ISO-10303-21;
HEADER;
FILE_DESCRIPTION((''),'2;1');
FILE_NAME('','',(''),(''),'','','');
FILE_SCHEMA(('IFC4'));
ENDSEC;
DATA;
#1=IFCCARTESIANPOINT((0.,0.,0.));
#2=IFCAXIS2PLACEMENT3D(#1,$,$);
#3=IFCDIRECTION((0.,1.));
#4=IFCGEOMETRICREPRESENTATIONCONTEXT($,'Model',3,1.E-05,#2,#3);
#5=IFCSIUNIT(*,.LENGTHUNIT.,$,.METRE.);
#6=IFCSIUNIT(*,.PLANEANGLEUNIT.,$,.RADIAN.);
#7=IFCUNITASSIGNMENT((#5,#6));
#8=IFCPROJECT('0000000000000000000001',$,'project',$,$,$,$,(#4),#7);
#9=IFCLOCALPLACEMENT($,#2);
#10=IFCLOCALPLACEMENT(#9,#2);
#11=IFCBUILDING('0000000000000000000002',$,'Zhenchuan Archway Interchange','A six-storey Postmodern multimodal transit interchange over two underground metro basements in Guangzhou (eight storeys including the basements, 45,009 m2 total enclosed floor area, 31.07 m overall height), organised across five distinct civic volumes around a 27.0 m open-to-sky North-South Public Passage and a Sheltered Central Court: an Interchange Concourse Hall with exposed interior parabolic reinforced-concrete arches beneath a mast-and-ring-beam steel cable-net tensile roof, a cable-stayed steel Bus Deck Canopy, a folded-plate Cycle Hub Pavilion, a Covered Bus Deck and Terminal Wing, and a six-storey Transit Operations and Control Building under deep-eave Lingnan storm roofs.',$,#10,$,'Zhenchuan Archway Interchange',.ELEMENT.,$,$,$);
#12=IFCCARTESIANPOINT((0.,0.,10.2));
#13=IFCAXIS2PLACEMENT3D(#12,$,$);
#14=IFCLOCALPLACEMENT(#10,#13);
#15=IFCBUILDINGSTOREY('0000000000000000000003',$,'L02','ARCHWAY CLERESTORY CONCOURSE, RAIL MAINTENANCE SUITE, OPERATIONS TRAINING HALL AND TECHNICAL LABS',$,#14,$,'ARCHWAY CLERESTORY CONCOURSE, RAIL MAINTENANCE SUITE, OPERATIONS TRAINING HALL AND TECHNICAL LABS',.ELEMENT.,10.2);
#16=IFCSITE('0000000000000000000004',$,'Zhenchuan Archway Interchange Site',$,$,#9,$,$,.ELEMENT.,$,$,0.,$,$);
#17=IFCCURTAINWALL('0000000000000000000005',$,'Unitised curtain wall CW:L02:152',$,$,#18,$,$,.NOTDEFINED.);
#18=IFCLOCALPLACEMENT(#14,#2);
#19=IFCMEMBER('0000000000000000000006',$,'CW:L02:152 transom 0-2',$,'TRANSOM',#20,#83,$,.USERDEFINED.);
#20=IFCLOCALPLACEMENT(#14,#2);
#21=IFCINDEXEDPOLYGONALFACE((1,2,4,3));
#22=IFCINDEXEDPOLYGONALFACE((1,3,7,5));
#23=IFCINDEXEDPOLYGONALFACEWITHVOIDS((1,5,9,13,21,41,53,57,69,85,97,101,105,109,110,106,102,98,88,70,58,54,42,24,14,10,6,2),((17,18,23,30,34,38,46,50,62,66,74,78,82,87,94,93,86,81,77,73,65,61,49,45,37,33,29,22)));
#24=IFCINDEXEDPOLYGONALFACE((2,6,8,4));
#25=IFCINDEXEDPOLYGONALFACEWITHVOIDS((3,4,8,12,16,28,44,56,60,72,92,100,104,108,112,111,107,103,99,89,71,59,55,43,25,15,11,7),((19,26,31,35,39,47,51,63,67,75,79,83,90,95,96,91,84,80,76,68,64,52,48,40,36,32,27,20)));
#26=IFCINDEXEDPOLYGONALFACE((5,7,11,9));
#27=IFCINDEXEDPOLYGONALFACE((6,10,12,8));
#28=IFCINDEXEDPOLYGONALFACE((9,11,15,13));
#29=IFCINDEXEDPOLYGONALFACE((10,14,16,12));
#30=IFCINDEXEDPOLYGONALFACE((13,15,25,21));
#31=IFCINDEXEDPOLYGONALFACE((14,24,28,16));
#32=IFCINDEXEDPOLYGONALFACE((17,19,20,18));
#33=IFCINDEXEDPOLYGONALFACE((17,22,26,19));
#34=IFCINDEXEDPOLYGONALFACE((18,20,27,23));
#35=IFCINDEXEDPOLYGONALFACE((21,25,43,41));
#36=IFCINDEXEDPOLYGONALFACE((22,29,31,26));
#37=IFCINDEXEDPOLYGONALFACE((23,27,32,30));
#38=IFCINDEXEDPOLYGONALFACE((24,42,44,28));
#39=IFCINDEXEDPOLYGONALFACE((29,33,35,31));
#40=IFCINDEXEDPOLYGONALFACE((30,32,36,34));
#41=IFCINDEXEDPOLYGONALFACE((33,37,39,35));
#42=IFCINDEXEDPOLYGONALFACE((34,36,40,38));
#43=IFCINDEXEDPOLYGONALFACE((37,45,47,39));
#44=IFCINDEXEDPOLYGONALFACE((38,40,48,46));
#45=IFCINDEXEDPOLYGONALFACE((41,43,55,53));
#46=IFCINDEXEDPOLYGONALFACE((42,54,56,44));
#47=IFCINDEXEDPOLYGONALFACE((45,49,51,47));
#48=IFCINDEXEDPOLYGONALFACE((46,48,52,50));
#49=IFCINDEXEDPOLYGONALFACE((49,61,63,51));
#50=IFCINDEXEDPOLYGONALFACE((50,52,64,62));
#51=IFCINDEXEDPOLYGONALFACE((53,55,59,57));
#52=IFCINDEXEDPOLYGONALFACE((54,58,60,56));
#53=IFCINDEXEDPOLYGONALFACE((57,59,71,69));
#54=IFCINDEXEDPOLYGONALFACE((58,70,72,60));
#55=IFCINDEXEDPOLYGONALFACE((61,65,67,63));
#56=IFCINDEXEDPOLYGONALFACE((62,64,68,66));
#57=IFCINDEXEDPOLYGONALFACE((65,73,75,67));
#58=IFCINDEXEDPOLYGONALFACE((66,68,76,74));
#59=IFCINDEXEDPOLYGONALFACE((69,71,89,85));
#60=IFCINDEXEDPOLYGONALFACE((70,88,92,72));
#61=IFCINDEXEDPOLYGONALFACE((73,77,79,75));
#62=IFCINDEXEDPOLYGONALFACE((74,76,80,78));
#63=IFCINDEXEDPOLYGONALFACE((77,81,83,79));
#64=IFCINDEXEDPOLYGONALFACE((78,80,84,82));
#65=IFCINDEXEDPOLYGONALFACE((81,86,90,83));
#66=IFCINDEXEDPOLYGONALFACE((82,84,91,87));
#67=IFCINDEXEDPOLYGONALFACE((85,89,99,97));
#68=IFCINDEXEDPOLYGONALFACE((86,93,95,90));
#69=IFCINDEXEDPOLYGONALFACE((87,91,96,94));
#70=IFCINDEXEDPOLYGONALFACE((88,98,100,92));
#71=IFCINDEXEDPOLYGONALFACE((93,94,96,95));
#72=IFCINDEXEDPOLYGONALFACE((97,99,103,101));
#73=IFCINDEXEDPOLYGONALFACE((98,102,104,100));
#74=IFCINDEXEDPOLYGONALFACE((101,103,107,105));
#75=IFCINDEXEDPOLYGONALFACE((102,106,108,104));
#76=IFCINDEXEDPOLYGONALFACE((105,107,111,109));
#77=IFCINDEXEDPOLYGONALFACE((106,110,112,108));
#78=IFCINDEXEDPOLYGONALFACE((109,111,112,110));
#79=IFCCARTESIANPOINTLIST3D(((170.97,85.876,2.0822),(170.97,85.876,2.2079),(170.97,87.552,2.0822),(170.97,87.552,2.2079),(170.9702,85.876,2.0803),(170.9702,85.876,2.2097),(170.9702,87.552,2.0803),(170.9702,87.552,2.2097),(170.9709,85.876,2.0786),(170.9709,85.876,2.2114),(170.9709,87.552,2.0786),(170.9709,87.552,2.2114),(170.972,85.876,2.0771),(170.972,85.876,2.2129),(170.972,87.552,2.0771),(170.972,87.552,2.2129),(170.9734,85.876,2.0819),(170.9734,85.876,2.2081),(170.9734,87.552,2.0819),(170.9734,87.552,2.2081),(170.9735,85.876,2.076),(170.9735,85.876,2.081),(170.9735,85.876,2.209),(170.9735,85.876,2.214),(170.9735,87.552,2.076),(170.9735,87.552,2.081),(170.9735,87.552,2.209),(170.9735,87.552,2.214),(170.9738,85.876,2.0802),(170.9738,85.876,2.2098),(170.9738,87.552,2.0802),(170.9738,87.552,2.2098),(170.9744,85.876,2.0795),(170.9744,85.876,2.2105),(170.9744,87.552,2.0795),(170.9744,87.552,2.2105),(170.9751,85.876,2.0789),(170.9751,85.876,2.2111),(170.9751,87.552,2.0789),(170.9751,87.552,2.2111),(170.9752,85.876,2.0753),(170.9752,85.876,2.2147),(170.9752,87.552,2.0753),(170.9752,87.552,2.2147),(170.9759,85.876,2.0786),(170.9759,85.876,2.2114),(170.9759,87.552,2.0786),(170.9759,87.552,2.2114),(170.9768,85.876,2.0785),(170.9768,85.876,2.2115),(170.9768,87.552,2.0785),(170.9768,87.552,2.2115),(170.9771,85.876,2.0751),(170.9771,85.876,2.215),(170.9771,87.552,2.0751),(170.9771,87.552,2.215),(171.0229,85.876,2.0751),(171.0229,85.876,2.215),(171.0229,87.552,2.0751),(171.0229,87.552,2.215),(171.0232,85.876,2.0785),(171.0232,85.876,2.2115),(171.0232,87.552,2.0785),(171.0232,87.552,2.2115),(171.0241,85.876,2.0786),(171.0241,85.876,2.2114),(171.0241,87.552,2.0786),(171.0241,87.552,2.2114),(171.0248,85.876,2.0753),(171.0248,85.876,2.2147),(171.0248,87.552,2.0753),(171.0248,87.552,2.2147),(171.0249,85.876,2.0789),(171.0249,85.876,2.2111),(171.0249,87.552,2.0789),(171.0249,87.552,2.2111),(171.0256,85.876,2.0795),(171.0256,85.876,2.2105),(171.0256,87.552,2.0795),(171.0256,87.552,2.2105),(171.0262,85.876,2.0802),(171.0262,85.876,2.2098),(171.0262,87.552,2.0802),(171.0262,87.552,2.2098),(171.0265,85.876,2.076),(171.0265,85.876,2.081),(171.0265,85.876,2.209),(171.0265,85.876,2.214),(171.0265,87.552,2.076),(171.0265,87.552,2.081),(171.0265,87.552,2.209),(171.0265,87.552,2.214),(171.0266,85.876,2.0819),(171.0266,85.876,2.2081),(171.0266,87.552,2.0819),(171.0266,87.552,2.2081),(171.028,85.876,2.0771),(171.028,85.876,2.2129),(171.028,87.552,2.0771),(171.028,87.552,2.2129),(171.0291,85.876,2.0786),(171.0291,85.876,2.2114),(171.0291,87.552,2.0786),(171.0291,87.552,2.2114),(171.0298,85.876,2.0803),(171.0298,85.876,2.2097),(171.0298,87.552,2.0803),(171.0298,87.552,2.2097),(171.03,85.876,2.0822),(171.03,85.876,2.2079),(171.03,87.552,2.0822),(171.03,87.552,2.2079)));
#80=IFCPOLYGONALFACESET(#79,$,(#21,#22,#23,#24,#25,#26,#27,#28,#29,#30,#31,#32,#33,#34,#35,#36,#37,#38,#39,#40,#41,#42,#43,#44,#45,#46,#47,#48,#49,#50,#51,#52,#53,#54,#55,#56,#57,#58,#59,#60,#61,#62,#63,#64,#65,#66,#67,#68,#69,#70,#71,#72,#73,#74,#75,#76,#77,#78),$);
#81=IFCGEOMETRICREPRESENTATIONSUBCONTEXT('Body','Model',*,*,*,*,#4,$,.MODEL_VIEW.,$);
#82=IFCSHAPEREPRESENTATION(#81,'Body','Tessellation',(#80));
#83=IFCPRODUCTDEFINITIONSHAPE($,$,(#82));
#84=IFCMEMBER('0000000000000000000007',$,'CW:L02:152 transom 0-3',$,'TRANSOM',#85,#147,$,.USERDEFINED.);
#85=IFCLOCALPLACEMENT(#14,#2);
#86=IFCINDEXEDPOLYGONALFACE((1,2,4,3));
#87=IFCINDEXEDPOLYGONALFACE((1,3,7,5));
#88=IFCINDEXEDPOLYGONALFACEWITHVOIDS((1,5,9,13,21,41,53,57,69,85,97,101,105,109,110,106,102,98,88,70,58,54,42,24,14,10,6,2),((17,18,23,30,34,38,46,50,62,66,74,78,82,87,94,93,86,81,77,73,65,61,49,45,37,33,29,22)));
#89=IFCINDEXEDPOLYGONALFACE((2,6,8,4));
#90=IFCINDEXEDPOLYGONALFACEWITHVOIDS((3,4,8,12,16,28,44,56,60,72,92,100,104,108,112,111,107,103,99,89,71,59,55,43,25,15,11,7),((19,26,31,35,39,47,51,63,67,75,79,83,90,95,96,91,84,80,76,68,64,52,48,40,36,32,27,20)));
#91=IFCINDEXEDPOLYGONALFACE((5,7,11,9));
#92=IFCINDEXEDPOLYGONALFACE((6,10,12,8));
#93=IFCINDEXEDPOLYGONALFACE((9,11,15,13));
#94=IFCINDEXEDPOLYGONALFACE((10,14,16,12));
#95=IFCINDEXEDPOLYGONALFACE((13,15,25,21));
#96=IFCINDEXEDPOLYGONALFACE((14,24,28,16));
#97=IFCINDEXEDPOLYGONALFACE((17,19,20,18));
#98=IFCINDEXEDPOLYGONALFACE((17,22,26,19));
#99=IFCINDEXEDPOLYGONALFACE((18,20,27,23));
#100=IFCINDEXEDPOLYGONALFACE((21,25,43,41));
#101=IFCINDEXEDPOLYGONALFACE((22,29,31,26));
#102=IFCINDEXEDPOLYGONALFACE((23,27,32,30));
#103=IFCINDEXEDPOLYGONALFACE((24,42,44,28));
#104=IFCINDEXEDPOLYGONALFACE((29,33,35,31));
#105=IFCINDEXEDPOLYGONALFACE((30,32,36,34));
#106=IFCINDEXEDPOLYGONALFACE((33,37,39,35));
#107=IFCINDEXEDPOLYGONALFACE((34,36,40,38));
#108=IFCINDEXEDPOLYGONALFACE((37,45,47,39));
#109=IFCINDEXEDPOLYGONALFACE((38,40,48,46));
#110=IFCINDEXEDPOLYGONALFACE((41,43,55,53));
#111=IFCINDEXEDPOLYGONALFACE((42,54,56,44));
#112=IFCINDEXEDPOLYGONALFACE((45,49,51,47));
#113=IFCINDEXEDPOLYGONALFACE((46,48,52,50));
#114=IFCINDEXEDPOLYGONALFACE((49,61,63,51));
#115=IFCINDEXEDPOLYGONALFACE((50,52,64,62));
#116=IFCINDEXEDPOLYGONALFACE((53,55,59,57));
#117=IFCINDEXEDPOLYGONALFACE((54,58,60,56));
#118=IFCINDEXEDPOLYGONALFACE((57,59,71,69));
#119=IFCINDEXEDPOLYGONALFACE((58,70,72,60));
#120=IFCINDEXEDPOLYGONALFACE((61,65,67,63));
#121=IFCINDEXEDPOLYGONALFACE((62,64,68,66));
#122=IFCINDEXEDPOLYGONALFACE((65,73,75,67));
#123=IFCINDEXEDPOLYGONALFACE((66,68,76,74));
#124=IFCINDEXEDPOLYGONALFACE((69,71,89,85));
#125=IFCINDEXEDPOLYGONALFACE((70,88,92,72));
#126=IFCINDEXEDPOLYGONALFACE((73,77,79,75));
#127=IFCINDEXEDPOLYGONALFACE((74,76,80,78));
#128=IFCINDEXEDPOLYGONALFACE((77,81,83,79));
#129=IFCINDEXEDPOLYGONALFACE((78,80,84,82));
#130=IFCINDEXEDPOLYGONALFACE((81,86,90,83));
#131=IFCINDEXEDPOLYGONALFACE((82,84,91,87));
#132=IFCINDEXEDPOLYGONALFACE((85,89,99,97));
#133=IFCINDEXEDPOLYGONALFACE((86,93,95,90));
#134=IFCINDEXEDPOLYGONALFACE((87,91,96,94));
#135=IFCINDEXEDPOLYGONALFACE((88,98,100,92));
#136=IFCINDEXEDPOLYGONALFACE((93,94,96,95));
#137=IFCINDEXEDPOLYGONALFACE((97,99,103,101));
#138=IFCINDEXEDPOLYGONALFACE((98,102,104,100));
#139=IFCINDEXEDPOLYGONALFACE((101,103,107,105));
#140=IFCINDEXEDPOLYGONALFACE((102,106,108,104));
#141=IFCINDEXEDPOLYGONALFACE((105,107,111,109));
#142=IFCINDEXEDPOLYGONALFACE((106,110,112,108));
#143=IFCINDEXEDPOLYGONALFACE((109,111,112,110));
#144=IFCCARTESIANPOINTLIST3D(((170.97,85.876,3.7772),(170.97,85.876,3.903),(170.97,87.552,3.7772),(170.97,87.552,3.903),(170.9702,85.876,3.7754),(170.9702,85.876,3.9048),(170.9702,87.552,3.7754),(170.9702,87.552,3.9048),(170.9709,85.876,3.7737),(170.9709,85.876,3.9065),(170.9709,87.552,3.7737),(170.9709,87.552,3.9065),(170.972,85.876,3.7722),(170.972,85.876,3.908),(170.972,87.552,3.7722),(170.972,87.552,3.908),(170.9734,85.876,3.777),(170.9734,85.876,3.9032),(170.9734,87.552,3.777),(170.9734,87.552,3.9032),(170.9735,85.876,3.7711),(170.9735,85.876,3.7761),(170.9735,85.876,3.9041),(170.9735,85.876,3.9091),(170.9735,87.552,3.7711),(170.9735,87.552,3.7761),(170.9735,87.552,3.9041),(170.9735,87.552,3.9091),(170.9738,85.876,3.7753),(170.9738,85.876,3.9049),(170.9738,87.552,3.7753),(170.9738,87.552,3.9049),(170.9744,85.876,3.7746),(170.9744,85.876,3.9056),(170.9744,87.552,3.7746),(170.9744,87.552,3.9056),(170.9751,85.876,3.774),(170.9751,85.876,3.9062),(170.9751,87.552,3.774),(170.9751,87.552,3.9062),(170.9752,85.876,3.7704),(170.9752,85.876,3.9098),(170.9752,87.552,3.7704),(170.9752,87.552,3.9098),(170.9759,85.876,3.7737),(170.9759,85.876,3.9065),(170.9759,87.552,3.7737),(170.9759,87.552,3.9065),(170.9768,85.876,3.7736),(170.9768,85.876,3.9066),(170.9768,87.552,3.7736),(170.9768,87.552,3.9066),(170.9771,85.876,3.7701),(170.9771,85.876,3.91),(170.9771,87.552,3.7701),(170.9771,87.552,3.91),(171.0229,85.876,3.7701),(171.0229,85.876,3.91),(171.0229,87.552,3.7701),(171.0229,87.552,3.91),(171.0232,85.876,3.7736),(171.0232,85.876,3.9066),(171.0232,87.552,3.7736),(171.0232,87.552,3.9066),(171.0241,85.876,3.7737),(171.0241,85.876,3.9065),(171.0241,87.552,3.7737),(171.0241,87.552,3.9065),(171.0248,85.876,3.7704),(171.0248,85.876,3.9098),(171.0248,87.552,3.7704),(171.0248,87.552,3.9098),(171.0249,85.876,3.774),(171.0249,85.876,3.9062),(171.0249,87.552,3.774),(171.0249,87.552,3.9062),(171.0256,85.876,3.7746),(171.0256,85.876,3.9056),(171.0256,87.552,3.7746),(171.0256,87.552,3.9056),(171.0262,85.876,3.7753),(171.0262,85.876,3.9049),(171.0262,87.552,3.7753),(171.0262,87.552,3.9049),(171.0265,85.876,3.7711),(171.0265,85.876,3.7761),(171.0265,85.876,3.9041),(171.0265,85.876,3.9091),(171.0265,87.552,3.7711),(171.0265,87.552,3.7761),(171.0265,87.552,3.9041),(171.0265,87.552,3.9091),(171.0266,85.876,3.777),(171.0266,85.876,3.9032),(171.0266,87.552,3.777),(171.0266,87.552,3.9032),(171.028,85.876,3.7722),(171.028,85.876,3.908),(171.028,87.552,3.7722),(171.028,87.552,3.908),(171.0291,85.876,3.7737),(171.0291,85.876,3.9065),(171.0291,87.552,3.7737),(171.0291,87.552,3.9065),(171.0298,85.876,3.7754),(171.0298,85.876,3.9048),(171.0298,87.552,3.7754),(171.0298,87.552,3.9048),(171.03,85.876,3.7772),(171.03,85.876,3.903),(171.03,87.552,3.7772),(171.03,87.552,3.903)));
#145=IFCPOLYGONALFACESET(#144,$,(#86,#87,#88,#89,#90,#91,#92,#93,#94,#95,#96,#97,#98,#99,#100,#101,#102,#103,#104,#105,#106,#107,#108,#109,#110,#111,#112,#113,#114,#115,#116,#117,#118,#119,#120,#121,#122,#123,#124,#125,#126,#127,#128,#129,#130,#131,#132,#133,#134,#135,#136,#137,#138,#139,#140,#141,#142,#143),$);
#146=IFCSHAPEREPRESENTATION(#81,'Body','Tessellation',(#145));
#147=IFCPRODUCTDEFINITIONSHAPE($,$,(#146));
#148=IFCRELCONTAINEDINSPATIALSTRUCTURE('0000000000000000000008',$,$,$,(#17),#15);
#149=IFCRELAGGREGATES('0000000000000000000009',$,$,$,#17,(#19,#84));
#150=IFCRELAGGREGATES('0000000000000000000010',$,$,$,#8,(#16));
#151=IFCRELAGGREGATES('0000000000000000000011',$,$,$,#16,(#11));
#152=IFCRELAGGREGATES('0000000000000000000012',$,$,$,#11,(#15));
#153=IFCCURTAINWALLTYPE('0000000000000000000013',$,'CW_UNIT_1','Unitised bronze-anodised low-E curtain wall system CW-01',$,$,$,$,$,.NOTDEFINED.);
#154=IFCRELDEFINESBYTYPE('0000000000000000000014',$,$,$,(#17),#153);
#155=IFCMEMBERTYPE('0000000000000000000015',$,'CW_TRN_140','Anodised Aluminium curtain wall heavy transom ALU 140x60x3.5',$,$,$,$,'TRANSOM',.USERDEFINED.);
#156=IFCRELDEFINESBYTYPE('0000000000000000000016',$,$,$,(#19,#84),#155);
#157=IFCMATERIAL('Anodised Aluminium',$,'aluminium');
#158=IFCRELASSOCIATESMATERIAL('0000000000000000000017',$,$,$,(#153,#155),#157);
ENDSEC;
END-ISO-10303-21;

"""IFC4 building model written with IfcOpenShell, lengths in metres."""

from ifc_helpers import new_model, si_unit, direction, frame, origin, origin_2d, place, context, subcontext, project, spatial, hollow_rectangle, extrude, material, material_profile, profile_set, type_object, element, aggregate, save


model = new_model("IFC4")

# Units and contexts
model_context = context("Model", 3, precision=1e-05, world=origin(), true_north=direction((0.0, 1.0)))
body_context = subcontext(model_context, "Body", "Model", "MODEL_VIEW")
ifc_project = project(units=[si_unit("LENGTHUNIT", "METRE"), si_unit("PLANEANGLEUNIT", "RADIAN")], contexts=[model_context])

# Site, building, storey
site_placement = place(None, origin())
site = spatial("IfcSite", under=ifc_project, at=site_placement, Name="Zhenchuan Archway Interchange Site", CompositionType="ELEMENT", RefElevation=0.0)
building_placement = place(site_placement, origin())
building = spatial("IfcBuilding", under=site, at=building_placement, Name="Zhenchuan Archway Interchange", Description="A six-storey Postmodern multimodal transit interchange over two underground metro basements in Guangzhou (eight storeys including the basements, 45,009 m2 total enclosed floor area, 31.07 m overall height), organised across five distinct civic volumes around a 27.0 m open-to-sky North-South Public Passage and a Sheltered Central Court: an Interchange Concourse Hall with exposed interior parabolic reinforced-concrete arches beneath a mast-and-ring-beam steel cable-net tensile roof, a cable-stayed steel Bus Deck Canopy, a folded-plate Cycle Hub Pavilion, a Covered Bus Deck and Terminal Wing, and a six-storey Transit Operations and Control Building under deep-eave Lingnan storm roofs.", LongName="Zhenchuan Archway Interchange", CompositionType="ELEMENT")
storey_placement = place(building_placement, frame((0.0, 0.0, 10.2)))
storey = spatial("IfcBuildingStorey", under=building, at=storey_placement, Name="L02", Description="ARCHWAY CLERESTORY CONCOURSE, RAIL MAINTENANCE SUITE, OPERATIONS TRAINING HALL AND TECHNICAL LABS", LongName="ARCHWAY CLERESTORY CONCOURSE, RAIL MAINTENANCE SUITE, OPERATIONS TRAINING HALL AND TECHNICAL LABS", CompositionType="ELEMENT", Elevation=10.2)

# Curtain wall, members
ifc_material_1 = material(Name="Anodised Aluminium", Category="aluminium")
curtain_wall_type = type_object("IfcCurtainWallType", Name="CW_UNIT_1", Description="Unitised bronze-anodised low-E curtain wall system CW-01", PredefinedType="NOTDEFINED", material=ifc_material_1)
curtain_wall_placement = place(storey_placement, origin())
curtain_wall = element("IfcCurtainWall", 1, at=curtain_wall_placement, inside=storey, type_object=curtain_wall_type, Name="Unitised curtain wall CW:L02:152", PredefinedType="NOTDEFINED")
ifc_material_profile_1 = material_profile(ifc_material_1, hollow_rectangle(XDim=0.0601, YDim=0.1399, WallThickness=0.0034, InnerFilletRadius=0.0034, OuterFilletRadius=0.0071, at=origin_2d()), Name="ALU 140x60x3.5")
ifc_profile_set_1 = profile_set([ifc_material_profile_1], Name="Anodised Aluminium")
member_type_1 = type_object("IfcMemberType", Name="CW_TRN_140", Description="Anodised Aluminium curtain wall heavy transom ALU 140x60x3.5", ElementType="TRANSOM", PredefinedType="USERDEFINED", material=ifc_profile_set_1)
member_1_placement = place(storey_placement, frame((171.0, 87.552, 2.145), z_axis=(0.0, -1.0, 0.0), x_axis=(1.0, 0.0, 0.0)))
member_1 = element("IfcMember", 2, at=member_1_placement, type_object=member_type_1, Name="CW:L02:152 transom 0-2", ObjectType="TRANSOM", PredefinedType="USERDEFINED", context=body_context, shape_type="SweptSolid", body=[
    extrude(hollow_rectangle(XDim=0.0601, YDim=0.1399, WallThickness=0.0034, InnerFilletRadius=0.0034, OuterFilletRadius=0.0071, at=origin_2d()), origin(), (0.0, 0.0, 1.0), 1.676),
])
member_2_placement = place(storey_placement, frame((171.0, 87.552, 3.8401), z_axis=(0.0, -1.0, 0.0), x_axis=(1.0, 0.0, 0.0)))
member_2 = element("IfcMember", 3, at=member_2_placement, type_object=member_type_1, Name="CW:L02:152 transom 0-3", ObjectType="TRANSOM", PredefinedType="USERDEFINED", context=body_context, shape_type="SweptSolid", body=[
    extrude(hollow_rectangle(XDim=0.0601, YDim=0.1399, WallThickness=0.0034, InnerFilletRadius=0.0034, OuterFilletRadius=0.0071, at=origin_2d()), origin(), (0.0, 0.0, 1.0), 1.676),
])
aggregate(curtain_wall, [member_1, member_2])

save(model, "model.ifc")
